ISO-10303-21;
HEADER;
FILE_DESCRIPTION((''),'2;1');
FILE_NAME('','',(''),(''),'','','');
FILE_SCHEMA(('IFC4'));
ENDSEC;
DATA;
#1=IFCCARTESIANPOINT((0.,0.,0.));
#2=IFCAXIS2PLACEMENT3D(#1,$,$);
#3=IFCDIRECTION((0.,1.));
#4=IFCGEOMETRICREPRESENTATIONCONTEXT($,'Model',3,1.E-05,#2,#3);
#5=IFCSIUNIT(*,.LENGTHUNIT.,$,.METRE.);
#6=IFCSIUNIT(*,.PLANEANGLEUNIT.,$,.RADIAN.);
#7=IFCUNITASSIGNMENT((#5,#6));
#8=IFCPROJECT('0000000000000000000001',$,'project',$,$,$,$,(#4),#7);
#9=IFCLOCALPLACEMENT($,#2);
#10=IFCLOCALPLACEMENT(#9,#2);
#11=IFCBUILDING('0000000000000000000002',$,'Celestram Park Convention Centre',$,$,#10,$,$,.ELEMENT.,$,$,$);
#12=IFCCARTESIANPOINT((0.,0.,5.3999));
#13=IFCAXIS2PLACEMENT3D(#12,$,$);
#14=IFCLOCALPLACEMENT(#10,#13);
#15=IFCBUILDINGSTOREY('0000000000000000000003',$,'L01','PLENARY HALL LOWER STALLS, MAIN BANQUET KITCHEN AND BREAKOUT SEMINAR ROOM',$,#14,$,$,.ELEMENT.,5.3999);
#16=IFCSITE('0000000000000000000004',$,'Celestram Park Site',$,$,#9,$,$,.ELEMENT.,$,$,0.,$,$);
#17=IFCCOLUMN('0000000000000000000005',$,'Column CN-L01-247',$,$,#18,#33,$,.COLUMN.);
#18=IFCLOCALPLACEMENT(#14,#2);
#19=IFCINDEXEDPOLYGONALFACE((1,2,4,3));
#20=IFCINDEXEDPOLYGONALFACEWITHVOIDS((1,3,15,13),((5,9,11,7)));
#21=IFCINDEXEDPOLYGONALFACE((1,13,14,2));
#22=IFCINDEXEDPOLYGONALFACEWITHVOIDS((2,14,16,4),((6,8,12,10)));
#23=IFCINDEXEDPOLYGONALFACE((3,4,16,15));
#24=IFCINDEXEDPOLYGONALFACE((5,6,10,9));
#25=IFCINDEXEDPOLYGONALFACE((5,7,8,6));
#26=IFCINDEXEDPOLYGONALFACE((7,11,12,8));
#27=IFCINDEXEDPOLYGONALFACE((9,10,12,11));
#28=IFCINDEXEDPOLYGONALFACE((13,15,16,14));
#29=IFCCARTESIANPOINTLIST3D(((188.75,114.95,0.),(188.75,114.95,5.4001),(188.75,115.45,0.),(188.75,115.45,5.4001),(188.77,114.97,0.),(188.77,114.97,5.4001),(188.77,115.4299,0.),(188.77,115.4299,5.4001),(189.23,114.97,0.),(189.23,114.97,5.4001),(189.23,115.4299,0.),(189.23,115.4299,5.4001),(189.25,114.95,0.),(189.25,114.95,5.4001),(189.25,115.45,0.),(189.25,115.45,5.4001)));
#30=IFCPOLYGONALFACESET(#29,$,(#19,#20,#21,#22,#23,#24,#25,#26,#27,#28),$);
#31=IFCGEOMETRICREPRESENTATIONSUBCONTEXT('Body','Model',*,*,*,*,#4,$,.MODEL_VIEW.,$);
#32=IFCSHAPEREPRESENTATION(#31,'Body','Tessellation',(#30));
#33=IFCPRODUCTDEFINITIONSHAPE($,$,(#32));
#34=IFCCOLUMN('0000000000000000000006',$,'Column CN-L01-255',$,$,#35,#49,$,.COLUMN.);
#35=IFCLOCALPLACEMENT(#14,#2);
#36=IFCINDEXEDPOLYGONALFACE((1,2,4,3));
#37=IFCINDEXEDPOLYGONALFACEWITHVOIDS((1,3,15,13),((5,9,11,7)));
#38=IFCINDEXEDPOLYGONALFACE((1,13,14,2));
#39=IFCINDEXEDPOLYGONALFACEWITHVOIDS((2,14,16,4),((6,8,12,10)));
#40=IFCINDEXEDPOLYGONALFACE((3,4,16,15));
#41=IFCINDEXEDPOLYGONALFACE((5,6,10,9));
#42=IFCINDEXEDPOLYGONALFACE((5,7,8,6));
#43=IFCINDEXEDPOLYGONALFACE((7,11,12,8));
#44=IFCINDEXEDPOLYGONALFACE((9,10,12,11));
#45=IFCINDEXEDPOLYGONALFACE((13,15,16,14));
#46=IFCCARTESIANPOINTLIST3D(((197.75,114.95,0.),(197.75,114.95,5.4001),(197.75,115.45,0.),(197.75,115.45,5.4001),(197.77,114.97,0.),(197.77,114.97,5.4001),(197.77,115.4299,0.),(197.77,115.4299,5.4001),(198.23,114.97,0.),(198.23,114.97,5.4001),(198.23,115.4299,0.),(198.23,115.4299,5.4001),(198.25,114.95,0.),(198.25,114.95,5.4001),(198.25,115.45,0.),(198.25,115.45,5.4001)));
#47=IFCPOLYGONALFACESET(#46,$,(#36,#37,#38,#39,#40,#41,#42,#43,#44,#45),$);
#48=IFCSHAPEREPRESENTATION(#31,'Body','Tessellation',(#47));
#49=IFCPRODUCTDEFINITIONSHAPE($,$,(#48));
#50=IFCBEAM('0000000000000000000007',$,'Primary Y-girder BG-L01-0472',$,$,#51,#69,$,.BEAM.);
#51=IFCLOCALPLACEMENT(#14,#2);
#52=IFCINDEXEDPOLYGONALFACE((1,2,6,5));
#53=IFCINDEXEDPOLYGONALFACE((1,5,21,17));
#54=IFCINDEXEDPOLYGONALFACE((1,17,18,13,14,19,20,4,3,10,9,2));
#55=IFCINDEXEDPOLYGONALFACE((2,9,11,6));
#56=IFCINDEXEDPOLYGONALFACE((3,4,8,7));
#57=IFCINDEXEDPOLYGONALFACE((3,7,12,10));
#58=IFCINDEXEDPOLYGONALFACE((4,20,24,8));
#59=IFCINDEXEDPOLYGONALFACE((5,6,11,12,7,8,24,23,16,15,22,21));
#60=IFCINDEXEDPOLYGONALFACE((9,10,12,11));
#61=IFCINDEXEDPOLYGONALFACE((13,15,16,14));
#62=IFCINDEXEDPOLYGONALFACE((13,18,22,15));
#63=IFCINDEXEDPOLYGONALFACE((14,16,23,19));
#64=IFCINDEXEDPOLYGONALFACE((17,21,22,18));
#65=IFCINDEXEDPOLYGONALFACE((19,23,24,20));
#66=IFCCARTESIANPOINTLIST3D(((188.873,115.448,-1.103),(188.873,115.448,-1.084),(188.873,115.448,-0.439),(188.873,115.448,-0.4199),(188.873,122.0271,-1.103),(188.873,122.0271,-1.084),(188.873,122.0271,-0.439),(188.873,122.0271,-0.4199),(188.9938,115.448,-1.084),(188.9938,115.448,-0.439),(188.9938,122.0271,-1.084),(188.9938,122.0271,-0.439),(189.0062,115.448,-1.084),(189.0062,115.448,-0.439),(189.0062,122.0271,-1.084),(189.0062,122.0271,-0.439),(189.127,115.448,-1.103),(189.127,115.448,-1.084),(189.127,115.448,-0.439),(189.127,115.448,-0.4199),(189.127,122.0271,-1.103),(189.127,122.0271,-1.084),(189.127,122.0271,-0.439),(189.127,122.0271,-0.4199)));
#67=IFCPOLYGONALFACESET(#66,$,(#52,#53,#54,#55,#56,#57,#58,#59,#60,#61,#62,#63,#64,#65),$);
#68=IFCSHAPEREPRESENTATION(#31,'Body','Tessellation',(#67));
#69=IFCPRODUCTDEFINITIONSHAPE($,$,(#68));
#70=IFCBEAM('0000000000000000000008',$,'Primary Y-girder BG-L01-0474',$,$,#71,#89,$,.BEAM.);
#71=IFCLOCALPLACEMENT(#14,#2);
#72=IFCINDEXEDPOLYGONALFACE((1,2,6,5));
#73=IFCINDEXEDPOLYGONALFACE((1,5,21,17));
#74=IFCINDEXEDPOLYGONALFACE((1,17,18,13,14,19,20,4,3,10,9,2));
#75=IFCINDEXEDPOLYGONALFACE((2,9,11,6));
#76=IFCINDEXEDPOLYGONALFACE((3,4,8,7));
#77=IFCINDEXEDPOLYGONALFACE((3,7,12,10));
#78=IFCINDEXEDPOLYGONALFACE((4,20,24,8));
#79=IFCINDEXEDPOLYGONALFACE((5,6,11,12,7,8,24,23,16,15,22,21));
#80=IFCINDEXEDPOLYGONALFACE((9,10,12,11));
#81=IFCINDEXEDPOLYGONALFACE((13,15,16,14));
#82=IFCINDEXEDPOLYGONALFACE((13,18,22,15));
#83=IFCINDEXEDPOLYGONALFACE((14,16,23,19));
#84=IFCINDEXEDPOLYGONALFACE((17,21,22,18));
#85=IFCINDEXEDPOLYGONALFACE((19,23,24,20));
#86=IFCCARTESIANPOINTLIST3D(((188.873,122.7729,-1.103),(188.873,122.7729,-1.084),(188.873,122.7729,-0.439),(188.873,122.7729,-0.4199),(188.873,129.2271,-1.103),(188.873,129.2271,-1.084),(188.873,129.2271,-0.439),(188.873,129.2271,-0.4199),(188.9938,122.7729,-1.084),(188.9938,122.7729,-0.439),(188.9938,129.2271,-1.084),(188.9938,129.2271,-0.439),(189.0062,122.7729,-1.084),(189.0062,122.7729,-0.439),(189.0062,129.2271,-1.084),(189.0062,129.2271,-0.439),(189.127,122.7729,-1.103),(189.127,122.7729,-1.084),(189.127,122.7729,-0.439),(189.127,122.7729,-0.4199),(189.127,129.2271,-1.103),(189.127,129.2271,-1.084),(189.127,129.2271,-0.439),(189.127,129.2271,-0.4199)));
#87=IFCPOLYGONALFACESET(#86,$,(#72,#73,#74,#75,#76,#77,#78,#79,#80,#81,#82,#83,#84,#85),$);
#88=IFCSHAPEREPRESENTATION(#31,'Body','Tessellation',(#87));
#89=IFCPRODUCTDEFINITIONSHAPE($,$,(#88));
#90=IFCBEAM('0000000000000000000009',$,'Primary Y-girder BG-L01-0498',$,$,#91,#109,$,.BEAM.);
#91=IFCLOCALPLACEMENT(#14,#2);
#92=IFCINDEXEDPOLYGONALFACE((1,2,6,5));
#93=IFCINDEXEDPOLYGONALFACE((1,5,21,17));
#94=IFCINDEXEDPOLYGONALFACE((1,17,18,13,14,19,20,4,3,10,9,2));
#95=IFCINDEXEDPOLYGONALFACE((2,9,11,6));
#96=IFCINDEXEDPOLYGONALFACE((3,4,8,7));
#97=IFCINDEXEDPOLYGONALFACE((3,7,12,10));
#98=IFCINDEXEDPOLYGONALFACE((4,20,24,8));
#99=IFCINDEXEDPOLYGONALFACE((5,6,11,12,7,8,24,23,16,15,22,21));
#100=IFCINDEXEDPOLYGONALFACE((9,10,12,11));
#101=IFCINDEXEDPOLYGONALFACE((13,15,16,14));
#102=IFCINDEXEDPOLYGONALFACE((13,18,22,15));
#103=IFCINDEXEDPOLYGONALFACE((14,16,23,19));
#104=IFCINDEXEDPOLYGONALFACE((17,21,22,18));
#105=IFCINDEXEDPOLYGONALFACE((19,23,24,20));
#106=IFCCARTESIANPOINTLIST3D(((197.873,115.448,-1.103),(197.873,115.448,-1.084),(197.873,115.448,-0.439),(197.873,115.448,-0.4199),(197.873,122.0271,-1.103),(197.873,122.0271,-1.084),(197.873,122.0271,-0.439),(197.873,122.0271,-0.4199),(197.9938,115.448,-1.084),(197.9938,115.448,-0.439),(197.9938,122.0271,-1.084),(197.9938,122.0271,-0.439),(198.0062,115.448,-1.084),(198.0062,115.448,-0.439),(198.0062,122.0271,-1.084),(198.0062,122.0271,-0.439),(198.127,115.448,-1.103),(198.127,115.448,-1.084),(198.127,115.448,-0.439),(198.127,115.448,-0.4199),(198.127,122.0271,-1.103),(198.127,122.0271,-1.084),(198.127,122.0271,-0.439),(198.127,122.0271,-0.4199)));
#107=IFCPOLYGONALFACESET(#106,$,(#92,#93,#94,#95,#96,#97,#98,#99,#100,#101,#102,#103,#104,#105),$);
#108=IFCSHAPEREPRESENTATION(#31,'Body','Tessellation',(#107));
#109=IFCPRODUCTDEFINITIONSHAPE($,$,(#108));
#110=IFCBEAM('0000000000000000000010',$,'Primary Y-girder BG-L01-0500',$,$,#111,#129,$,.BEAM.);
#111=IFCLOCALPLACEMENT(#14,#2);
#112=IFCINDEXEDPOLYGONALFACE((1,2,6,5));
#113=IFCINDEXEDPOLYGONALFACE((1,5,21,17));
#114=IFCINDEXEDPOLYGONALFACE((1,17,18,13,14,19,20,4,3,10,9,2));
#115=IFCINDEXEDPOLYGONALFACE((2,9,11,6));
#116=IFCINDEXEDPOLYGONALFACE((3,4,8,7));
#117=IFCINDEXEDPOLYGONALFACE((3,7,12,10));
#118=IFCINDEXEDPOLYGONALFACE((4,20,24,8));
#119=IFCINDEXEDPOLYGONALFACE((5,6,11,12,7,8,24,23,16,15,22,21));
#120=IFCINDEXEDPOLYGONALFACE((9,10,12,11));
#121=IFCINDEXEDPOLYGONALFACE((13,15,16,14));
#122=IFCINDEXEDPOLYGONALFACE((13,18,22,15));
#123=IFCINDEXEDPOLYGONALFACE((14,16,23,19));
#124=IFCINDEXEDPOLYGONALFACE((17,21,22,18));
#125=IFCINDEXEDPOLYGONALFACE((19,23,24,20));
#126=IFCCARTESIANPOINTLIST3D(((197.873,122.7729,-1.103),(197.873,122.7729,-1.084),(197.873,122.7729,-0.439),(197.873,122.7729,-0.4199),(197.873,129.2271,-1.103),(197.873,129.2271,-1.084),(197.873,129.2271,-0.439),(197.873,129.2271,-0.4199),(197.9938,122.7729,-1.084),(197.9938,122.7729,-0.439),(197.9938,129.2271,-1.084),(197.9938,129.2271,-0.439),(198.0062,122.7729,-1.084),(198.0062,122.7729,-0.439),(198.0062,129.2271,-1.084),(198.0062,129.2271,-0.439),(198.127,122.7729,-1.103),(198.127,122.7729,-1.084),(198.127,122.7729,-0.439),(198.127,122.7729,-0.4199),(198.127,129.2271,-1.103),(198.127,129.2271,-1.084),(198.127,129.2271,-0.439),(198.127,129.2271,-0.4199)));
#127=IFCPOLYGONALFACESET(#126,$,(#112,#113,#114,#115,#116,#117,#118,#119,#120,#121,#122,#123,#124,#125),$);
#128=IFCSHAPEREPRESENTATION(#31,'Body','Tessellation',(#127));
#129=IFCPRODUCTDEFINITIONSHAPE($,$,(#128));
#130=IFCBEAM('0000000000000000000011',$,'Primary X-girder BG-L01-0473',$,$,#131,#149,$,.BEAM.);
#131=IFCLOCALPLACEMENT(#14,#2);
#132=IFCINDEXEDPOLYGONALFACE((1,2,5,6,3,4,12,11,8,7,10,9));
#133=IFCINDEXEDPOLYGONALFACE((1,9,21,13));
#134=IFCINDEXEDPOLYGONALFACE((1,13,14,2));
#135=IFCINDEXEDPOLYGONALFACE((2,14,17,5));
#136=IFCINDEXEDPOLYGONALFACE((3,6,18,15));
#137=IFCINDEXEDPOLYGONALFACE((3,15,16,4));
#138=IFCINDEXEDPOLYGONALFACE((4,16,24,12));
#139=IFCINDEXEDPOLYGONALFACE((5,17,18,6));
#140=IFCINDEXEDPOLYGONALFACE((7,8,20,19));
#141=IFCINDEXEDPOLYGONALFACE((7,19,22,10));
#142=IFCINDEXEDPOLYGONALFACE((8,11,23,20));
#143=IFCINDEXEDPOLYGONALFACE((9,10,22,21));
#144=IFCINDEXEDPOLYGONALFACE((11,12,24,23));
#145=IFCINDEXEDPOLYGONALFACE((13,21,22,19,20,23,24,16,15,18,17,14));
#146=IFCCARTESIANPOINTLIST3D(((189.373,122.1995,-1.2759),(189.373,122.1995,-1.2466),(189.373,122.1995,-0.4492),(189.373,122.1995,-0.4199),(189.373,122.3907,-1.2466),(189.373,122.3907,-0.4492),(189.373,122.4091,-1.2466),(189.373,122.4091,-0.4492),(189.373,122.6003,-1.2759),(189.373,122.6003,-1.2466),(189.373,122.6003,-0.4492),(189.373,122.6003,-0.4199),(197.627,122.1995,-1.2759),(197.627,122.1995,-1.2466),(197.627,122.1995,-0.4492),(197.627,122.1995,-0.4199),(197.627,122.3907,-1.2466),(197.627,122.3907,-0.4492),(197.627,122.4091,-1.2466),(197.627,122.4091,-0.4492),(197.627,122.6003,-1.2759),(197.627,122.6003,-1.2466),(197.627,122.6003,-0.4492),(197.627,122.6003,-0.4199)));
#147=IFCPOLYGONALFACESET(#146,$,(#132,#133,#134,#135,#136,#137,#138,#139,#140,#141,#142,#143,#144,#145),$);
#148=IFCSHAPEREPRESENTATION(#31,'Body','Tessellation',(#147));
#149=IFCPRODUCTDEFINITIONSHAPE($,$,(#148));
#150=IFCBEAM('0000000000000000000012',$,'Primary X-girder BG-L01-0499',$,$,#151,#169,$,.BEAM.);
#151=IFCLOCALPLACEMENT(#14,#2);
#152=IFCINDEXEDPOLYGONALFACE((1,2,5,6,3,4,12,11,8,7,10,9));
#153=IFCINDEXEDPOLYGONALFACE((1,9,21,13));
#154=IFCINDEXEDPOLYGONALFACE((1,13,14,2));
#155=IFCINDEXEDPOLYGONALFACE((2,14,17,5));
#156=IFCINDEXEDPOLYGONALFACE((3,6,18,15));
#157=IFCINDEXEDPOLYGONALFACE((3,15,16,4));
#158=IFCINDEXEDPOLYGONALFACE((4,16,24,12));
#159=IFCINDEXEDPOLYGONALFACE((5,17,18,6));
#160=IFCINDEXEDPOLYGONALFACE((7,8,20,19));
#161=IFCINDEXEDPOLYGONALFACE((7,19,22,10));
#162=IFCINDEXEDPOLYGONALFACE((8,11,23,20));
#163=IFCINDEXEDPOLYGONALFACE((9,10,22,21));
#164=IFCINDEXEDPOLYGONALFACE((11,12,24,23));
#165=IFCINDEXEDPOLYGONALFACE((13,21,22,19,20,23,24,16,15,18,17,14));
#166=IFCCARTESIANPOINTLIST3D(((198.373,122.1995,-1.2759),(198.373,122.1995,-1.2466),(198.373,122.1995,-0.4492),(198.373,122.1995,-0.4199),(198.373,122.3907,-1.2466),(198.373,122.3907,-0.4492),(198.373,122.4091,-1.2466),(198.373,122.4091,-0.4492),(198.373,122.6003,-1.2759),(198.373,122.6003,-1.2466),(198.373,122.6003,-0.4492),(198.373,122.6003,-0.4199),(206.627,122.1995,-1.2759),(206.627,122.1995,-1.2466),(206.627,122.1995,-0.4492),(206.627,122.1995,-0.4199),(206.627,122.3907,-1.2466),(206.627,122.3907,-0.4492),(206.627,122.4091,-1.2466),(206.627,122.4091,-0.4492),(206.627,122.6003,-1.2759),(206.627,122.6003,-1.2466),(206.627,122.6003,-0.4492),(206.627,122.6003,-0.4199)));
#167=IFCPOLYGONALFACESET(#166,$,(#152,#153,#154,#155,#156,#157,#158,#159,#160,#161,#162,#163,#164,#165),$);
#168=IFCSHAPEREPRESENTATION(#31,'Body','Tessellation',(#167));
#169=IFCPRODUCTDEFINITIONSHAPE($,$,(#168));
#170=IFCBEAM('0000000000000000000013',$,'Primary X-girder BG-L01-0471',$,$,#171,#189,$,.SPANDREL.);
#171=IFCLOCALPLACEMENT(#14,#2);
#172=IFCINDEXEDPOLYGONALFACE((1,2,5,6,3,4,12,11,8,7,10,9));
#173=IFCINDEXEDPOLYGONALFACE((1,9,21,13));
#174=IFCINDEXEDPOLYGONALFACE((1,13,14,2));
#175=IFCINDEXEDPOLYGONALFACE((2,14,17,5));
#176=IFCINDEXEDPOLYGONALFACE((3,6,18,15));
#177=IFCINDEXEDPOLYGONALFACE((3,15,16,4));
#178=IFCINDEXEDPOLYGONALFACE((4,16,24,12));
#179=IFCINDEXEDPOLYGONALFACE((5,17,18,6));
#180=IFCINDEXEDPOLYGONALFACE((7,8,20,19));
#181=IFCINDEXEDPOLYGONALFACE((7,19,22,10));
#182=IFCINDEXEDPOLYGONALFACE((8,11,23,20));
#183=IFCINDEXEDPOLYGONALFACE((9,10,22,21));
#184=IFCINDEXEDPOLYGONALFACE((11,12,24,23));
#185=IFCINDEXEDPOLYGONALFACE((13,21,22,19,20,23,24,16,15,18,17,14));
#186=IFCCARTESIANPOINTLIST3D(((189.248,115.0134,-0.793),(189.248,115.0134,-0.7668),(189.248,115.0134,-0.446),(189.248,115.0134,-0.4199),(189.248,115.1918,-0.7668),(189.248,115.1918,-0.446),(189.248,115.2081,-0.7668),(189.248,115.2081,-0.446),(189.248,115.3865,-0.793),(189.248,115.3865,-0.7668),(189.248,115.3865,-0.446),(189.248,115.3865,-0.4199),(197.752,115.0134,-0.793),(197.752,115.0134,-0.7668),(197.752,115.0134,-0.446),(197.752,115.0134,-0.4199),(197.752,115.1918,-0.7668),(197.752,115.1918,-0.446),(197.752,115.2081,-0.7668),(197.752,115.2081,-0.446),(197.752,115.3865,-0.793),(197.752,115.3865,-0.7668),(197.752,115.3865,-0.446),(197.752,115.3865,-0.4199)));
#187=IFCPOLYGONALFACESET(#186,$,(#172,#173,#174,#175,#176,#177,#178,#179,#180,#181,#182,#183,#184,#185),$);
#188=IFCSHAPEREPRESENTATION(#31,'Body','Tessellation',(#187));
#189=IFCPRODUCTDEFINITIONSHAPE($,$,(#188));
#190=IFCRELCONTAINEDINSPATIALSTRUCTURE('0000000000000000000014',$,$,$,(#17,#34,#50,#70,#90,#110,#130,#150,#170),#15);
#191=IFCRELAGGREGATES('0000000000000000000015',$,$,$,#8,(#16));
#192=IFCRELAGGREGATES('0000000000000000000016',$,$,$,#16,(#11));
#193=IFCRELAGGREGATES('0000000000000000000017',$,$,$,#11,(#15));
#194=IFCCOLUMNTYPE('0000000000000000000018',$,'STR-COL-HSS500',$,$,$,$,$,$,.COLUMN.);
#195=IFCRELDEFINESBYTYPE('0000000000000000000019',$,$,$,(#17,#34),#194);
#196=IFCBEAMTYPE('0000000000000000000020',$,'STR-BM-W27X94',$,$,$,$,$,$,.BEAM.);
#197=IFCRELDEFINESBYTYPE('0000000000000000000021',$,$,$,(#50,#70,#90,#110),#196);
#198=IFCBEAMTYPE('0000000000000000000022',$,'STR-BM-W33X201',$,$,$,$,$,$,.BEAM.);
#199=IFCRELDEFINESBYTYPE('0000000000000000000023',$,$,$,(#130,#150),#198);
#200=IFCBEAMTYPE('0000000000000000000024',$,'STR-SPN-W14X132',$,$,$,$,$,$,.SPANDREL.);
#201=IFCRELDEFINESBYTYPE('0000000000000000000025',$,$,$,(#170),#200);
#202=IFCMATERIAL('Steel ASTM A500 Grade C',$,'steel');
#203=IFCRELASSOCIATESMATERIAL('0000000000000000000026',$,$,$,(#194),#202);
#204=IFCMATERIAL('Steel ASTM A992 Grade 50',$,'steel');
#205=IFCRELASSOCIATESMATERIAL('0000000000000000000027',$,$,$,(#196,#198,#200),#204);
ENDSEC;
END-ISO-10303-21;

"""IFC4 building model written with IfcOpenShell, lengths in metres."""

from ifc_helpers import new_model, si_unit, direction, frame, origin, origin_2d, place, context, subcontext, project, spatial, hollow_rectangle, i_section, extrude, material, material_profile, profile_set, type_object, element, save


model = new_model("IFC4")

# Units and contexts
model_context = context("Model", 3, precision=1e-05, world=origin(), true_north=direction((0.0, 1.0)))
body_context = subcontext(model_context, "Body", "Model", "MODEL_VIEW")
ifc_project = project(units=[si_unit("LENGTHUNIT", "METRE"), si_unit("PLANEANGLEUNIT", "RADIAN")], contexts=[model_context])

# Site, building, storey
site_placement = place(None, origin())
site = spatial("IfcSite", under=ifc_project, at=site_placement, Name="Celestram Park Site", CompositionType="ELEMENT", RefElevation=0.0)
building_placement = place(site_placement, origin())
building = spatial("IfcBuilding", under=site, at=building_placement, Name="Celestram Park Convention Centre", CompositionType="ELEMENT")
storey_placement = place(building_placement, frame((0.0, 0.0, 5.3999)))
storey = spatial("IfcBuildingStorey", under=building, at=storey_placement, Name="L01", Description="PLENARY HALL LOWER STALLS, MAIN BANQUET KITCHEN AND BREAKOUT SEMINAR ROOM", CompositionType="ELEMENT", Elevation=5.3999)

# Columns
ifc_material_1 = material(Name="Steel ASTM A500 Grade C", Category="steel")
ifc_material_profile_1 = material_profile(ifc_material_1, hollow_rectangle(XDim=0.5, YDim=0.5, WallThickness=0.02, at=origin_2d()), Name="HSS500X500X20")
ifc_profile_set_1 = profile_set([ifc_material_profile_1], Name="Steel ASTM A500 Grade C")
column_type = type_object("IfcColumnType", Name="STR-COL-HSS500", PredefinedType="COLUMN", material=ifc_profile_set_1)
for number, where, z_axis, x_axis, name in (
    (1, (189.0, 115.2, 0.0), (0.0, 0.0, 1.0), (1.0, 0.0, 0.0), "Column CN-L01-247"),
    (2, (198.0, 115.2, 0.0), (0.0, 0.0, 1.0), (1.0, 0.0, 0.0), "Column CN-L01-255"),
):
    element("IfcColumn", number, at=place(storey_placement, frame(where, z_axis=z_axis, x_axis=x_axis)), inside=storey, type_object=column_type, Name=name, PredefinedType="COLUMN", context=body_context, shape_type="SweptSolid", body=[
        extrude(hollow_rectangle(XDim=0.5, YDim=0.5, WallThickness=0.02, at=origin_2d()), origin(), (0.0, 0.0, 1.0), 5.4001),
    ])

# Beams
ifc_material_2 = material(Name="Steel ASTM A992 Grade 50", Category="steel")
ifc_material_profile_2 = material_profile(ifc_material_2, i_section(OverallWidth=0.2539, OverallDepth=0.6831, WebThickness=0.0125, FlangeThickness=0.019, at=origin_2d()), Name="W27X94")
ifc_profile_set_2 = profile_set([ifc_material_profile_2], Name="Steel ASTM A992 Grade 50")
beam_type_1 = type_object("IfcBeamType", Name="STR-BM-W27X94", PredefinedType="BEAM", material=ifc_profile_set_2)
beam_1_placement = place(storey_placement, frame((189.0, 115.448, -0.7615), z_axis=(0.0, 1.0, 0.0), x_axis=(-1.0, 0.0, 0.0)))
element("IfcBeam", 3, at=beam_1_placement, inside=storey, type_object=beam_type_1, Name="Primary Y-girder BG-L01-0472", PredefinedType="BEAM", context=body_context, shape_type="SweptSolid", body=[
    extrude(i_section(OverallWidth=0.2539, OverallDepth=0.6831, WebThickness=0.0125, FlangeThickness=0.019, at=origin_2d()), origin(), (0.0, 0.0, 1.0), 6.5791),
])
beam_2_placement = place(storey_placement, frame((189.0, 122.7729, -0.7615), z_axis=(0.0, 1.0, 0.0), x_axis=(-1.0, 0.0, 0.0)))
element("IfcBeam", 4, at=beam_2_placement, inside=storey, type_object=beam_type_1, Name="Primary Y-girder BG-L01-0474", PredefinedType="BEAM", context=body_context, shape_type="SweptSolid", body=[
    extrude(i_section(OverallWidth=0.2539, OverallDepth=0.6831, WebThickness=0.0125, FlangeThickness=0.019, at=origin_2d()), origin(), (0.0, 0.0, 1.0), 6.4541),
])
beam_3_placement = place(storey_placement, frame((198.0, 115.448, -0.7615), z_axis=(0.0, 1.0, 0.0), x_axis=(-1.0, 0.0, 0.0)))
element("IfcBeam", 5, at=beam_3_placement, inside=storey, type_object=beam_type_1, Name="Primary Y-girder BG-L01-0498", PredefinedType="BEAM", context=body_context, shape_type="SweptSolid", body=[
    extrude(i_section(OverallWidth=0.2539, OverallDepth=0.6831, WebThickness=0.0125, FlangeThickness=0.019, at=origin_2d()), origin(), (0.0, 0.0, 1.0), 6.5791),
])
beam_4_placement = place(storey_placement, frame((198.0, 122.7729, -0.7615), z_axis=(0.0, 1.0, 0.0), x_axis=(-1.0, 0.0, 0.0)))
element("IfcBeam", 6, at=beam_4_placement, inside=storey, type_object=beam_type_1, Name="Primary Y-girder BG-L01-0500", PredefinedType="BEAM", context=body_context, shape_type="SweptSolid", body=[
    extrude(i_section(OverallWidth=0.2539, OverallDepth=0.6831, WebThickness=0.0125, FlangeThickness=0.019, at=origin_2d()), origin(), (0.0, 0.0, 1.0), 6.4541),
])
ifc_material_profile_3 = material_profile(ifc_material_2, i_section(OverallWidth=0.4009, OverallDepth=0.856, WebThickness=0.0183, FlangeThickness=0.0293, at=origin_2d()), Name="W33X201")
ifc_profile_set_3 = profile_set([ifc_material_profile_3], Name="Steel ASTM A992 Grade 50")
beam_type_2 = type_object("IfcBeamType", Name="STR-BM-W33X201", PredefinedType="BEAM", material=ifc_profile_set_3)
for number, where, z_axis, x_axis, name in (
    (7, (189.373, 122.3999, -0.8479), (1.0, 0.0, 0.0), (0.0, 1.0, 0.0), "Primary X-girder BG-L01-0473"),
    (8, (198.373, 122.3999, -0.8479), (1.0, 0.0, 0.0), (0.0, 1.0, 0.0), "Primary X-girder BG-L01-0499"),
):
    element("IfcBeam", number, at=place(storey_placement, frame(where, z_axis=z_axis, x_axis=x_axis)), inside=storey, type_object=beam_type_2, Name=name, PredefinedType="BEAM", context=body_context, shape_type="SweptSolid", body=[
        extrude(i_section(OverallWidth=0.4009, OverallDepth=0.856, WebThickness=0.0183, FlangeThickness=0.0293, at=origin_2d()), origin(), (0.0, 0.0, 1.0), 8.2539),
    ])
ifc_material_profile_4 = material_profile(ifc_material_2, i_section(OverallWidth=0.373, OverallDepth=0.373, WebThickness=0.0164, FlangeThickness=0.0261, at=origin_2d()), Name="W14X132")
ifc_profile_set_4 = profile_set([ifc_material_profile_4], Name="Steel ASTM A992 Grade 50")
beam_type_3 = type_object("IfcBeamType", Name="STR-SPN-W14X132", PredefinedType="SPANDREL", material=ifc_profile_set_4)
for number, where, z_axis, x_axis, name in (
    (9, (189.248, 115.2, -0.6064), (1.0, 0.0, 0.0), (0.0, 1.0, 0.0), "Primary X-girder BG-L01-0471"),
):
    element("IfcBeam", number, at=place(storey_placement, frame(where, z_axis=z_axis, x_axis=x_axis)), inside=storey, type_object=beam_type_3, Name=name, PredefinedType="SPANDREL", context=body_context, shape_type="SweptSolid", body=[
        extrude(i_section(OverallWidth=0.373, OverallDepth=0.373, WebThickness=0.0164, FlangeThickness=0.0261, at=origin_2d()), origin(), (0.0, 0.0, 1.0), 8.5039),
    ])

save(model, "model.ifc")
